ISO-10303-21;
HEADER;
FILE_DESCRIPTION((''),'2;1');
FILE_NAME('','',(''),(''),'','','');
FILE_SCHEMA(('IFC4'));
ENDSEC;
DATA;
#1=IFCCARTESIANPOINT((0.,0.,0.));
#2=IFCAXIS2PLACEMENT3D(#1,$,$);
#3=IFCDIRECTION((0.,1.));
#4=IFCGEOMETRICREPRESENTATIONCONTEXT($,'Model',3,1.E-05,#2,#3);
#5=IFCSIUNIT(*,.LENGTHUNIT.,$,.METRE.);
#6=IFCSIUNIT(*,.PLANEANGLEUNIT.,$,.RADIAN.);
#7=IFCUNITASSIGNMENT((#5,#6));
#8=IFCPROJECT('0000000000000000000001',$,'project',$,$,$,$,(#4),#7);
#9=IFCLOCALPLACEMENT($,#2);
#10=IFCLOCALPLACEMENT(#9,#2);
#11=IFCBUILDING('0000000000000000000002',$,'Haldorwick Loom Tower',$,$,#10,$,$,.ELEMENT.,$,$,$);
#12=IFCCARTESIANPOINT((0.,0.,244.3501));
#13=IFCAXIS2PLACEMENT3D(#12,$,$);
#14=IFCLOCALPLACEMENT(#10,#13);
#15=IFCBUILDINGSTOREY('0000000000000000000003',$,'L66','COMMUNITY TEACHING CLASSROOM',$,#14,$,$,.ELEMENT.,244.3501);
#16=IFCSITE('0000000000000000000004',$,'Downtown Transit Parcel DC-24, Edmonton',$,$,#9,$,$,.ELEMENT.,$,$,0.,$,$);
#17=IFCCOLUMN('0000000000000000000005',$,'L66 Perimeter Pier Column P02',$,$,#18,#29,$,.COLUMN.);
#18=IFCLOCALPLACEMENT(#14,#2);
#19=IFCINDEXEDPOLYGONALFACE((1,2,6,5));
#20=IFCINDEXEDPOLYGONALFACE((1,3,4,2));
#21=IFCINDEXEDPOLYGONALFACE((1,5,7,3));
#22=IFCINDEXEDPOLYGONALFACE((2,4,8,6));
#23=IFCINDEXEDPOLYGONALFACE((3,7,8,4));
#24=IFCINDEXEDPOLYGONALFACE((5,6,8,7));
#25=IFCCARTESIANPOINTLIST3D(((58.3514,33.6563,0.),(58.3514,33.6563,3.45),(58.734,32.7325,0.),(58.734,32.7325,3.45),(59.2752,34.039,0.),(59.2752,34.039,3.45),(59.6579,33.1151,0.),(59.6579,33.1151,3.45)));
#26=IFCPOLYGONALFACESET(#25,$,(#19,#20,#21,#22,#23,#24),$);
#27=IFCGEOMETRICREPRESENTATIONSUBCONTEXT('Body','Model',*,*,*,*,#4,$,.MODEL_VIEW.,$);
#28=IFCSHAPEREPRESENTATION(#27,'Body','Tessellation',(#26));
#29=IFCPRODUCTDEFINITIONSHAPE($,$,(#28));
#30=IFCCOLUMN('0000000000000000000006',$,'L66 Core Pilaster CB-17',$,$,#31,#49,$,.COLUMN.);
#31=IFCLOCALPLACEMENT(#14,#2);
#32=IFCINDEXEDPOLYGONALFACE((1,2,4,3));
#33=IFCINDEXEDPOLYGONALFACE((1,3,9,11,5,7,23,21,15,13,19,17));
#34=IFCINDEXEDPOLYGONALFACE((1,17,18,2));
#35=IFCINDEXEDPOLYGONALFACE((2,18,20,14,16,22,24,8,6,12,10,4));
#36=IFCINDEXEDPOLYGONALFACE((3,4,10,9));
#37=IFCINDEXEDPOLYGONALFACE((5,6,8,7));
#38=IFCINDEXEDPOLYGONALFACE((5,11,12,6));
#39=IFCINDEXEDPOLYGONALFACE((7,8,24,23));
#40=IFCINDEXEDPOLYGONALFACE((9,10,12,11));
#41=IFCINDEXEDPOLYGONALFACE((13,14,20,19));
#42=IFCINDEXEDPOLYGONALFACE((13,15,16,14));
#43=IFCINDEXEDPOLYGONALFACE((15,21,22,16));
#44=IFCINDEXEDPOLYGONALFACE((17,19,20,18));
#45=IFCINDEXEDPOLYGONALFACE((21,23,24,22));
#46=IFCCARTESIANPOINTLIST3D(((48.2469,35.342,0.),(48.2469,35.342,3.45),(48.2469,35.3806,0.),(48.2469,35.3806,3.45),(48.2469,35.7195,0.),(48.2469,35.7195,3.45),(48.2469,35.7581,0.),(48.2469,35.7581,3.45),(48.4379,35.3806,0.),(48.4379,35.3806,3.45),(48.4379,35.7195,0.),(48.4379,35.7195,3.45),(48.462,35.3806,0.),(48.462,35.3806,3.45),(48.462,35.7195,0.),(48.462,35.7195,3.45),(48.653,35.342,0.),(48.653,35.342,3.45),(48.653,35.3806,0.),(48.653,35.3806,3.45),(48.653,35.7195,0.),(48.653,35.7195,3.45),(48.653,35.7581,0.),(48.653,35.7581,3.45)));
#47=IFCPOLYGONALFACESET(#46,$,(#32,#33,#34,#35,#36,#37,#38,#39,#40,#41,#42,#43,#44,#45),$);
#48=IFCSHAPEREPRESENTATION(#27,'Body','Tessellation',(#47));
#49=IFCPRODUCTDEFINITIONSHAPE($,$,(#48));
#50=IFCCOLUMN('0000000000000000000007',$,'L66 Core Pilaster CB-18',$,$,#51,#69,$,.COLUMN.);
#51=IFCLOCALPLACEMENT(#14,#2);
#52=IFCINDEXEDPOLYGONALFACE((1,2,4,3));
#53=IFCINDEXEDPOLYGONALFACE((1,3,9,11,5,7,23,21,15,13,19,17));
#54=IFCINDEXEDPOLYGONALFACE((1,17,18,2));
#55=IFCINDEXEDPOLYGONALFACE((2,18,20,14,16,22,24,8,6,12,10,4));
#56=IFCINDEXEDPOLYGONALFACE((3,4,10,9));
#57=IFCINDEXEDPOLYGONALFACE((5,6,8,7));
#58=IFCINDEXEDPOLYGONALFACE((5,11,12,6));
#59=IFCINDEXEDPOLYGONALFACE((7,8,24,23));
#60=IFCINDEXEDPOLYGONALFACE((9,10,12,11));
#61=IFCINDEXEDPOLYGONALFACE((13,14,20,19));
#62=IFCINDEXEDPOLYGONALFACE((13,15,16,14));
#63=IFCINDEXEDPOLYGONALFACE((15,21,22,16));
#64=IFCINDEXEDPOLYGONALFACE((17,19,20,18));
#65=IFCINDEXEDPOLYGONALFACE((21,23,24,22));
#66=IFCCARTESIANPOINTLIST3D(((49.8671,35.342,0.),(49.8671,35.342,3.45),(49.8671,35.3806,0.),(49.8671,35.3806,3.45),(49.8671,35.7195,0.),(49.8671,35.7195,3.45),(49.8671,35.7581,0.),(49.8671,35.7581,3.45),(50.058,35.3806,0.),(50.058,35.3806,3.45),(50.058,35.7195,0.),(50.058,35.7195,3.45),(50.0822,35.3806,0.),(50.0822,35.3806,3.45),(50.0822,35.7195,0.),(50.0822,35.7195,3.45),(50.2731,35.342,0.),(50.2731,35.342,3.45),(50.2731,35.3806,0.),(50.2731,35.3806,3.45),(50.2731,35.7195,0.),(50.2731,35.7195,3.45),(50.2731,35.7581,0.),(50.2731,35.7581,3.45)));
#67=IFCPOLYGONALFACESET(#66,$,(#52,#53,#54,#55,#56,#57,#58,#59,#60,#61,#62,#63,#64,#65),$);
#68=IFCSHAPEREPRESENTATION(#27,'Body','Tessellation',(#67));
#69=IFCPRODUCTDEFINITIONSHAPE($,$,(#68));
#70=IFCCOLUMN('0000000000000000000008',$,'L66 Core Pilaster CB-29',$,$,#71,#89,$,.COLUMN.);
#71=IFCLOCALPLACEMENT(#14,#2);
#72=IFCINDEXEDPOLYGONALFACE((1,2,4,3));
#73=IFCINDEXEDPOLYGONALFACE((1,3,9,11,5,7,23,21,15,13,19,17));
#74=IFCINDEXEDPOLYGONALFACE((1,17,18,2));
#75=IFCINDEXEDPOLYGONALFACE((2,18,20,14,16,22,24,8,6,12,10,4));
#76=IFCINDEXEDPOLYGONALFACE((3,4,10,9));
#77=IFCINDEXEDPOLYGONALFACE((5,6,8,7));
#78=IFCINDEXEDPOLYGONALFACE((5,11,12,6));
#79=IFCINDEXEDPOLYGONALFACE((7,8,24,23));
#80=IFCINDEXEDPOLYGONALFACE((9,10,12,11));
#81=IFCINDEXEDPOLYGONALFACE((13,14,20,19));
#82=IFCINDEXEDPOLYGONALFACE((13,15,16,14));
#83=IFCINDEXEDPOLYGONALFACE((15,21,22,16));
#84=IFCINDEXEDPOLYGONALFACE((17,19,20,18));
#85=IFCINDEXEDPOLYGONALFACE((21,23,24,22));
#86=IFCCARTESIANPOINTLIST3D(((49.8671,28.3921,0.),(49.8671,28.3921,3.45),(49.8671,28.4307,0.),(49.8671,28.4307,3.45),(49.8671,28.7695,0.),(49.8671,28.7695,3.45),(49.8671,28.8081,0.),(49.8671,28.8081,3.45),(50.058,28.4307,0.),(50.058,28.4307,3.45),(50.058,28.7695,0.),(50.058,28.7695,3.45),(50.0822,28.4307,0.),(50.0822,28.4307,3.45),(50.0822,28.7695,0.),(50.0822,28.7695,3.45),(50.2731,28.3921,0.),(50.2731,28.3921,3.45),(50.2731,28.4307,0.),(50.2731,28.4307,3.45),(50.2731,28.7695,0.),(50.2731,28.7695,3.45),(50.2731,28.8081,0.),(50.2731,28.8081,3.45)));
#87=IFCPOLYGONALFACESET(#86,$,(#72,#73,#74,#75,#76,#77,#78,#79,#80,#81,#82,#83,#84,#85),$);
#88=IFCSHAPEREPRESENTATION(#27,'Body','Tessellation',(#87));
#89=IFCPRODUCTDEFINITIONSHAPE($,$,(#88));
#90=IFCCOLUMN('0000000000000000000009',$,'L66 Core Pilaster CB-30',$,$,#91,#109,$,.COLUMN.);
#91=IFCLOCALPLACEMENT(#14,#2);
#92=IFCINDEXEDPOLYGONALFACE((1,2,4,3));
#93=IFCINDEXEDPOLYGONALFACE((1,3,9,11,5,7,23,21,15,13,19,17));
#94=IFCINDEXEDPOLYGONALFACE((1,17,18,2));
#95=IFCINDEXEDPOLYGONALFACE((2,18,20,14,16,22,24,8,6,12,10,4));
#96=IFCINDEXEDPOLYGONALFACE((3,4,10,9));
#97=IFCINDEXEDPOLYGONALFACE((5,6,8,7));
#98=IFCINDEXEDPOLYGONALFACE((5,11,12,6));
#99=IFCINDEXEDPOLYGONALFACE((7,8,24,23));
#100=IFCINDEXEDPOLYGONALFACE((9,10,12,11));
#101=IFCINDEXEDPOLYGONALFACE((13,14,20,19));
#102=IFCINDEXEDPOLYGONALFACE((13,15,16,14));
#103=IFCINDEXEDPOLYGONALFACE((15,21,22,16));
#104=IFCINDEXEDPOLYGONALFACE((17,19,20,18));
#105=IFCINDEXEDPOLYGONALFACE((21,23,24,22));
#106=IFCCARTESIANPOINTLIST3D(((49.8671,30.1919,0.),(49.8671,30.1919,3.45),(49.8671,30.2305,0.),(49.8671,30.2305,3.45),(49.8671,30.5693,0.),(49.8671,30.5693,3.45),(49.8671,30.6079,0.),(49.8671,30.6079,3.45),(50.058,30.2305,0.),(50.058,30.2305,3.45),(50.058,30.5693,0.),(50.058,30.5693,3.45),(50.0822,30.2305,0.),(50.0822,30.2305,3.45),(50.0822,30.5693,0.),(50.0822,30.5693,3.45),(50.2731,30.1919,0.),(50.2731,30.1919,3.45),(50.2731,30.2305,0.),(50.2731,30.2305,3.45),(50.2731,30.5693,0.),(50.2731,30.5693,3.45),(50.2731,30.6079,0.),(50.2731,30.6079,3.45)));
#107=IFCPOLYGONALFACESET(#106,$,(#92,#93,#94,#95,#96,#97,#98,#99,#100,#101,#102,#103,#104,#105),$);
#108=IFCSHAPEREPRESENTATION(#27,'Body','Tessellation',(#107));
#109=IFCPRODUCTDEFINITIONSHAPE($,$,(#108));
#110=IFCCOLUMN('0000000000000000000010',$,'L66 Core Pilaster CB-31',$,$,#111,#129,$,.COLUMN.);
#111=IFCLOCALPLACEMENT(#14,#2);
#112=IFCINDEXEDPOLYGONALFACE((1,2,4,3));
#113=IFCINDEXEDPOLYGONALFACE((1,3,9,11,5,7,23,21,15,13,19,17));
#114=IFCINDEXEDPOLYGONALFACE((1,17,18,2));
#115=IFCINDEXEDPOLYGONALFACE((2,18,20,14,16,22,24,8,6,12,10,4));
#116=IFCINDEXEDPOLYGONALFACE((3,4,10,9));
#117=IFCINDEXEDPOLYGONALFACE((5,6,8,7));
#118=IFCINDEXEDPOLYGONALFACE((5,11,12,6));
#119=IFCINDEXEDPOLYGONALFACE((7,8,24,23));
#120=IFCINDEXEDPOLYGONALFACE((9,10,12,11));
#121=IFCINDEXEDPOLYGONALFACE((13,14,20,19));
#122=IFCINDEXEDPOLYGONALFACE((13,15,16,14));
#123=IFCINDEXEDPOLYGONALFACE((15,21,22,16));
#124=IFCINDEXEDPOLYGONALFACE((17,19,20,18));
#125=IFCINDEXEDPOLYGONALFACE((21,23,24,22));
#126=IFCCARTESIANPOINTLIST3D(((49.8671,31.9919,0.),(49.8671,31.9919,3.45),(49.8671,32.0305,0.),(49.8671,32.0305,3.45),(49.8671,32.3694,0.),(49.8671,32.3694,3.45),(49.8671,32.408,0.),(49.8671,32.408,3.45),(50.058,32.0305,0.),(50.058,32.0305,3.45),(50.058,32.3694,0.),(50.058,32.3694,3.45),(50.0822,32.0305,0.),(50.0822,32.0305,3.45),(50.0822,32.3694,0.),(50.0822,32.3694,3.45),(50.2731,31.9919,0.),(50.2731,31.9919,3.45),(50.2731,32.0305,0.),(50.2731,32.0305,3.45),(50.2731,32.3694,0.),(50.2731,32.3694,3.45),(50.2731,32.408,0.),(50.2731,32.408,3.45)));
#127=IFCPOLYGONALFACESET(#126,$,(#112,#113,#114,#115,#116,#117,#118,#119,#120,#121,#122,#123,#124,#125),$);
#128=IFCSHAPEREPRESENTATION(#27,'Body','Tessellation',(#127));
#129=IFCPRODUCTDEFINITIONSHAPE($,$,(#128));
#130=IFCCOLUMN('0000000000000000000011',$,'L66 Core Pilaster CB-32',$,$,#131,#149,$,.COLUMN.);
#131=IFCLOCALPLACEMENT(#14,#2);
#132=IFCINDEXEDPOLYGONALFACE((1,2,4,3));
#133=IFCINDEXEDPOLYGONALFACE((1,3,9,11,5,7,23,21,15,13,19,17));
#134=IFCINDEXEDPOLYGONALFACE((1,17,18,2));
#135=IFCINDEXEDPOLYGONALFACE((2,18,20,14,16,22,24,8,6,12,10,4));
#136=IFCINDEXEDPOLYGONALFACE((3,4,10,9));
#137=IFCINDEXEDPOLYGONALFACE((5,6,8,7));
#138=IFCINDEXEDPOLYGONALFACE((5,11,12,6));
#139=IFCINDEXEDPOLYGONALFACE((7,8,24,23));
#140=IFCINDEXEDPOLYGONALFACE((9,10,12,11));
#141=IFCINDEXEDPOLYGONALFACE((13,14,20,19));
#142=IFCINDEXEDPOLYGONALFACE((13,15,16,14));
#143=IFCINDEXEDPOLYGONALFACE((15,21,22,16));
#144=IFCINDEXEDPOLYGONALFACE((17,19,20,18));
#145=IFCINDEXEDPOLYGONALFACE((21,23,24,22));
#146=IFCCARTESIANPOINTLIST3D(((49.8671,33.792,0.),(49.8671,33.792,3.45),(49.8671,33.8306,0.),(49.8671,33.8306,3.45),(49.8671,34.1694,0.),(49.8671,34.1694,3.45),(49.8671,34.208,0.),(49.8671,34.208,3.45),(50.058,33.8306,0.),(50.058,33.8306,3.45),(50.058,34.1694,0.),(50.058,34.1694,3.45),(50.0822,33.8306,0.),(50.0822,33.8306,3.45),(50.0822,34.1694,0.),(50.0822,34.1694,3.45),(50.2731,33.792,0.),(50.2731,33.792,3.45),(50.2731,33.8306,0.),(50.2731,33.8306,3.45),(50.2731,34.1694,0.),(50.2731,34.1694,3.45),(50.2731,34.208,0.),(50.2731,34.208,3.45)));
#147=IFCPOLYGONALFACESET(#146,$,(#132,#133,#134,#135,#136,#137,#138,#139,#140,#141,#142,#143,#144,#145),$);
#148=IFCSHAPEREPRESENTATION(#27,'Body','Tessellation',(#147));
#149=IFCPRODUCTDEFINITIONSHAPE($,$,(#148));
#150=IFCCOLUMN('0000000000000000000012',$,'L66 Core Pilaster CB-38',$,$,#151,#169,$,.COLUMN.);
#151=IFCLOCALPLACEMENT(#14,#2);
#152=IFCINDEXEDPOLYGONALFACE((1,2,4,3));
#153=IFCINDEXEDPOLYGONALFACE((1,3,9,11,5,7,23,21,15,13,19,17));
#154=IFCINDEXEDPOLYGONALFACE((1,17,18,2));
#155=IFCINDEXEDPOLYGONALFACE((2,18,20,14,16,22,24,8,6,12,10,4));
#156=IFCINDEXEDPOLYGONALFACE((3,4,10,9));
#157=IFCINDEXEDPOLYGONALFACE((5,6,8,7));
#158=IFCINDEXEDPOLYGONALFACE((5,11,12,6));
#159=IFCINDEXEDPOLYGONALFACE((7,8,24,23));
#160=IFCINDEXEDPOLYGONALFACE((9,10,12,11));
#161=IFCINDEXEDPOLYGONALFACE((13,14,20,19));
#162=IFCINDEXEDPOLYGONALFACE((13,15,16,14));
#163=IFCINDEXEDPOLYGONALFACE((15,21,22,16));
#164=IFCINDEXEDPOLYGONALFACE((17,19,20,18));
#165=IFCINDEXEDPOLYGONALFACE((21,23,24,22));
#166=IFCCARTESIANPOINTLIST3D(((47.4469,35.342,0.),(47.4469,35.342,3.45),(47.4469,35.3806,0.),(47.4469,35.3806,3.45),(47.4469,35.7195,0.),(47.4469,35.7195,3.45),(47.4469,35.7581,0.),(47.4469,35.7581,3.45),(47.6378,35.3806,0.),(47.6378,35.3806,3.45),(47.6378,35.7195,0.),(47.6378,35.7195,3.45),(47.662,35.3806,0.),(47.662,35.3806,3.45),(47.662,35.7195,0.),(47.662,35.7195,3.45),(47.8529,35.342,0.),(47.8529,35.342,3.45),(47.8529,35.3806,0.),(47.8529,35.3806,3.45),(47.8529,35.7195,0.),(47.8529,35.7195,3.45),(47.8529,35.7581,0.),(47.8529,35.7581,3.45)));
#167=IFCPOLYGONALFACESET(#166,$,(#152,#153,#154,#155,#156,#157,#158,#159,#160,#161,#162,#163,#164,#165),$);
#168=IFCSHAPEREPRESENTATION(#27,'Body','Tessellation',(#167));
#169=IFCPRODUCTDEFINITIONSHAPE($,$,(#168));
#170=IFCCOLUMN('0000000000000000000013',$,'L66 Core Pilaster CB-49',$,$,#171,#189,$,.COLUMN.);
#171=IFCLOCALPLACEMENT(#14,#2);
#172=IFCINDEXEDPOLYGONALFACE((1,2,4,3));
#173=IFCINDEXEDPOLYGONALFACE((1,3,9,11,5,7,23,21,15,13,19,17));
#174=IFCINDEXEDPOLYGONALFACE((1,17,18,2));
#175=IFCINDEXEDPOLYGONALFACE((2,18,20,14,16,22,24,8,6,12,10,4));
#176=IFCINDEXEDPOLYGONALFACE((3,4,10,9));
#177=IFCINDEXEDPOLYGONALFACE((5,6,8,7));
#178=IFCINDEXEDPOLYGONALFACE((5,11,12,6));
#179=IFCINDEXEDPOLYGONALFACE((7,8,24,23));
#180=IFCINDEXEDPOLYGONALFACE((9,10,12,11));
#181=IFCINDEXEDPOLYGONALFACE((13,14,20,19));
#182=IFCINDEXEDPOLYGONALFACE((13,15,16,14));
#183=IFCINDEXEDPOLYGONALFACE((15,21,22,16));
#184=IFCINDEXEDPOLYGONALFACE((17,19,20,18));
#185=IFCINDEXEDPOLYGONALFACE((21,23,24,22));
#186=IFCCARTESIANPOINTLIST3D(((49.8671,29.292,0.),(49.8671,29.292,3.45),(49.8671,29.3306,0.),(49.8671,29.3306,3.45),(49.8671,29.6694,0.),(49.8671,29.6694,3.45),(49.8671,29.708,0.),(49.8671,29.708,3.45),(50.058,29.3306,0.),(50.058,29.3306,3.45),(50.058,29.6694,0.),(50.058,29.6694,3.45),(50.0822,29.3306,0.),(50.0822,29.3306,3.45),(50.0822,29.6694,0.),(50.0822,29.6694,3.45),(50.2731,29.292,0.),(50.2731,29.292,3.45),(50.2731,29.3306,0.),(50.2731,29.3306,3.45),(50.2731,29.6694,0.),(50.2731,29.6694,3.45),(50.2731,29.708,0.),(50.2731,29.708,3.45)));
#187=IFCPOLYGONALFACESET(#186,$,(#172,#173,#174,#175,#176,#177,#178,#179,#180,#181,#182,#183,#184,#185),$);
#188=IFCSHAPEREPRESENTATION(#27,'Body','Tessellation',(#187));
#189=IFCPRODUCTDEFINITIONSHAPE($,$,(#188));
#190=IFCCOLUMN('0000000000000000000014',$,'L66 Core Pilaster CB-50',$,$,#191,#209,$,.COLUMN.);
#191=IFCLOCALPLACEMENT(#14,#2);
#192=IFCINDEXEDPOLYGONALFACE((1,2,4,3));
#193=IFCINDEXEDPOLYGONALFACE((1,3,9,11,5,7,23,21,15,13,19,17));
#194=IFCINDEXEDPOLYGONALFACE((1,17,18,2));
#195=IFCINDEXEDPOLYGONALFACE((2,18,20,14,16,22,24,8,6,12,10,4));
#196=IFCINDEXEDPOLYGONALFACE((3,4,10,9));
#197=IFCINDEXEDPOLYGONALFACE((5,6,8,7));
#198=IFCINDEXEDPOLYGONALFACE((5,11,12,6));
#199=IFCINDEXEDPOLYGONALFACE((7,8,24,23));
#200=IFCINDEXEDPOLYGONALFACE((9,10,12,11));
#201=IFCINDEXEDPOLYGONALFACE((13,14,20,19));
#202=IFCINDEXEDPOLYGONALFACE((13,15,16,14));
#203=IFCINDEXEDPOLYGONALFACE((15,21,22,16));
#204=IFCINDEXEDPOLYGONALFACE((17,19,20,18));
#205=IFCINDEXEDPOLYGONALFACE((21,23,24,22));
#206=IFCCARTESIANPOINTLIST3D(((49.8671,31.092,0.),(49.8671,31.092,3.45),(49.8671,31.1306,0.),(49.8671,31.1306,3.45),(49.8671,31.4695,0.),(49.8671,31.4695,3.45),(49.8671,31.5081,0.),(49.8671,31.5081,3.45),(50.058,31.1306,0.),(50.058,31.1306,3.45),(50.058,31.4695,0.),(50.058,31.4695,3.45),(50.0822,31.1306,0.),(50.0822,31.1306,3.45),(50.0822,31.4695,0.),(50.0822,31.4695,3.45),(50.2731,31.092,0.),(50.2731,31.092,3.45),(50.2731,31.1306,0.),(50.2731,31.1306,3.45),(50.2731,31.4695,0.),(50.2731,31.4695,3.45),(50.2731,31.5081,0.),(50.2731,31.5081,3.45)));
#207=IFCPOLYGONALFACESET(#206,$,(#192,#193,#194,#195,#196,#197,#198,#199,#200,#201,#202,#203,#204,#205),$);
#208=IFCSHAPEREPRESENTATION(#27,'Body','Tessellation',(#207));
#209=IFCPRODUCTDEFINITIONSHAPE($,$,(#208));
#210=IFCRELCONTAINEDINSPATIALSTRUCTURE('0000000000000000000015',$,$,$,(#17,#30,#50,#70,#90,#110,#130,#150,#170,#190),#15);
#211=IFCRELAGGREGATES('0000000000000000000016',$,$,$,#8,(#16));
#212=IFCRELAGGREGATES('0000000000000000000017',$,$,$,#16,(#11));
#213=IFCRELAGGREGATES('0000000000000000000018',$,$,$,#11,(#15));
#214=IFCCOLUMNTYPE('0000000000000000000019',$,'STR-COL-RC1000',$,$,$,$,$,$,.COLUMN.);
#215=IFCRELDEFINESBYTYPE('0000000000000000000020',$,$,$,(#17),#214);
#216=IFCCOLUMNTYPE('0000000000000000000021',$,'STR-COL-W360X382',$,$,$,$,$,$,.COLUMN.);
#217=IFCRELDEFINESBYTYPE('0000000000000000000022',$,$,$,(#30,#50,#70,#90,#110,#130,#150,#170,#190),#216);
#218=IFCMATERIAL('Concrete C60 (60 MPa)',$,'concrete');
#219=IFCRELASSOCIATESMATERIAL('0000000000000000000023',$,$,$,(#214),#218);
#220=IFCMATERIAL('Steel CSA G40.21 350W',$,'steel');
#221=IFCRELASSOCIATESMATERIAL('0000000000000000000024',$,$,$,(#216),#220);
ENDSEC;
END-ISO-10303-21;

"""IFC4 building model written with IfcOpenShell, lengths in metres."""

from ifc_helpers import new_model, si_unit, direction, frame, origin, origin_2d, place, context, subcontext, project, spatial, rectangle, i_section, extrude, material, material_profile, profile_set, type_object, element, save


model = new_model("IFC4")

# Units and contexts
model_context = context("Model", 3, precision=1e-05, world=origin(), true_north=direction((0.0, 1.0)))
body_context = subcontext(model_context, "Body", "Model", "MODEL_VIEW")
ifc_project = project(units=[si_unit("LENGTHUNIT", "METRE"), si_unit("PLANEANGLEUNIT", "RADIAN")], contexts=[model_context])

# Site, building, storey
site_placement = place(None, origin())
site = spatial("IfcSite", under=ifc_project, at=site_placement, Name="Downtown Transit Parcel DC-24, Edmonton", CompositionType="ELEMENT", RefElevation=0.0)
building_placement = place(site_placement, origin())
building = spatial("IfcBuilding", under=site, at=building_placement, Name="Haldorwick Loom Tower", CompositionType="ELEMENT")
storey_placement = place(building_placement, frame((0.0, 0.0, 244.3501)))
storey = spatial("IfcBuildingStorey", under=building, at=storey_placement, Name="L66", Description="COMMUNITY TEACHING CLASSROOM", CompositionType="ELEMENT", Elevation=244.3501)

# Columns
ifc_material_1 = material(Name="Concrete C60 (60 MPa)", Category="concrete")
ifc_material_profile_1 = material_profile(ifc_material_1, rectangle(XDim=1.0, YDim=1.0, at=origin_2d()), Name="RC1000X1000", Category="concrete")
ifc_profile_set_1 = profile_set([ifc_material_profile_1], Name="Concrete C60 (60 MPa)")
column_type_1 = type_object("IfcColumnType", Name="STR-COL-RC1000", PredefinedType="COLUMN", material=ifc_profile_set_1)
column_placement = place(storey_placement, frame((59.0046, 33.3857, 0.0), z_axis=(0.0, 0.0, 1.0), x_axis=(0.92388, 0.382683, 0.0)))
element("IfcColumn", 1, at=column_placement, inside=storey, type_object=column_type_1, Name="L66 Perimeter Pier Column P02", PredefinedType="COLUMN", context=body_context, shape_type="SweptSolid", body=[
    extrude(rectangle(XDim=1.0, YDim=1.0, at=origin_2d()), origin(), (0.0, 0.0, 1.0), 3.45),
])
ifc_material_2 = material(Name="Steel CSA G40.21 350W", Category="steel")
ifc_material_profile_2 = material_profile(ifc_material_2, i_section(OverallWidth=0.406, OverallDepth=0.416, WebThickness=0.0242, FlangeThickness=0.0386, at=origin_2d()), Name="W360X382", Category="steel")
ifc_profile_set_2 = profile_set([ifc_material_profile_2], Name="Steel CSA G40.21 350W")
column_type_2 = type_object("IfcColumnType", Name="STR-COL-W360X382", PredefinedType="COLUMN", material=ifc_profile_set_2)
for number, where, z_axis, x_axis, name in (
    (2, (48.45, 35.55, 0.0), (0.0, 0.0, 1.0), (1.0, 0.0, 0.0), "L66 Core Pilaster CB-17"),
    (3, (50.0701, 35.55, 0.0), (0.0, 0.0, 1.0), (1.0, 0.0, 0.0), "L66 Core Pilaster CB-18"),
    (4, (50.0701, 28.6001, 0.0), (0.0, 0.0, 1.0), (1.0, 0.0, 0.0), "L66 Core Pilaster CB-29"),
    (5, (50.0701, 30.3999, 0.0), (0.0, 0.0, 1.0), (1.0, 0.0, 0.0), "L66 Core Pilaster CB-30"),
    (6, (50.0701, 32.2, 0.0), (0.0, 0.0, 1.0), (1.0, 0.0, 0.0), "L66 Core Pilaster CB-31"),
    (7, (50.0701, 34.0, 0.0), (0.0, 0.0, 1.0), (1.0, 0.0, 0.0), "L66 Core Pilaster CB-32"),
    (8, (47.6499, 35.55, 0.0), (0.0, 0.0, 1.0), (1.0, 0.0, 0.0), "L66 Core Pilaster CB-38"),
    (9, (50.0701, 29.5, 0.0), (0.0, 0.0, 1.0), (1.0, 0.0, 0.0), "L66 Core Pilaster CB-49"),
    (10, (50.0701, 31.3, 0.0), (0.0, 0.0, 1.0), (1.0, 0.0, 0.0), "L66 Core Pilaster CB-50"),
):
    element("IfcColumn", number, at=place(storey_placement, frame(where, z_axis=z_axis, x_axis=x_axis)), inside=storey, type_object=column_type_2, Name=name, PredefinedType="COLUMN", context=body_context, shape_type="SweptSolid", body=[
        extrude(i_section(OverallWidth=0.406, OverallDepth=0.416, WebThickness=0.0242, FlangeThickness=0.0386, at=origin_2d()), origin(), (0.0, 0.0, 1.0), 3.45),
    ])

save(model, "model.ifc")
